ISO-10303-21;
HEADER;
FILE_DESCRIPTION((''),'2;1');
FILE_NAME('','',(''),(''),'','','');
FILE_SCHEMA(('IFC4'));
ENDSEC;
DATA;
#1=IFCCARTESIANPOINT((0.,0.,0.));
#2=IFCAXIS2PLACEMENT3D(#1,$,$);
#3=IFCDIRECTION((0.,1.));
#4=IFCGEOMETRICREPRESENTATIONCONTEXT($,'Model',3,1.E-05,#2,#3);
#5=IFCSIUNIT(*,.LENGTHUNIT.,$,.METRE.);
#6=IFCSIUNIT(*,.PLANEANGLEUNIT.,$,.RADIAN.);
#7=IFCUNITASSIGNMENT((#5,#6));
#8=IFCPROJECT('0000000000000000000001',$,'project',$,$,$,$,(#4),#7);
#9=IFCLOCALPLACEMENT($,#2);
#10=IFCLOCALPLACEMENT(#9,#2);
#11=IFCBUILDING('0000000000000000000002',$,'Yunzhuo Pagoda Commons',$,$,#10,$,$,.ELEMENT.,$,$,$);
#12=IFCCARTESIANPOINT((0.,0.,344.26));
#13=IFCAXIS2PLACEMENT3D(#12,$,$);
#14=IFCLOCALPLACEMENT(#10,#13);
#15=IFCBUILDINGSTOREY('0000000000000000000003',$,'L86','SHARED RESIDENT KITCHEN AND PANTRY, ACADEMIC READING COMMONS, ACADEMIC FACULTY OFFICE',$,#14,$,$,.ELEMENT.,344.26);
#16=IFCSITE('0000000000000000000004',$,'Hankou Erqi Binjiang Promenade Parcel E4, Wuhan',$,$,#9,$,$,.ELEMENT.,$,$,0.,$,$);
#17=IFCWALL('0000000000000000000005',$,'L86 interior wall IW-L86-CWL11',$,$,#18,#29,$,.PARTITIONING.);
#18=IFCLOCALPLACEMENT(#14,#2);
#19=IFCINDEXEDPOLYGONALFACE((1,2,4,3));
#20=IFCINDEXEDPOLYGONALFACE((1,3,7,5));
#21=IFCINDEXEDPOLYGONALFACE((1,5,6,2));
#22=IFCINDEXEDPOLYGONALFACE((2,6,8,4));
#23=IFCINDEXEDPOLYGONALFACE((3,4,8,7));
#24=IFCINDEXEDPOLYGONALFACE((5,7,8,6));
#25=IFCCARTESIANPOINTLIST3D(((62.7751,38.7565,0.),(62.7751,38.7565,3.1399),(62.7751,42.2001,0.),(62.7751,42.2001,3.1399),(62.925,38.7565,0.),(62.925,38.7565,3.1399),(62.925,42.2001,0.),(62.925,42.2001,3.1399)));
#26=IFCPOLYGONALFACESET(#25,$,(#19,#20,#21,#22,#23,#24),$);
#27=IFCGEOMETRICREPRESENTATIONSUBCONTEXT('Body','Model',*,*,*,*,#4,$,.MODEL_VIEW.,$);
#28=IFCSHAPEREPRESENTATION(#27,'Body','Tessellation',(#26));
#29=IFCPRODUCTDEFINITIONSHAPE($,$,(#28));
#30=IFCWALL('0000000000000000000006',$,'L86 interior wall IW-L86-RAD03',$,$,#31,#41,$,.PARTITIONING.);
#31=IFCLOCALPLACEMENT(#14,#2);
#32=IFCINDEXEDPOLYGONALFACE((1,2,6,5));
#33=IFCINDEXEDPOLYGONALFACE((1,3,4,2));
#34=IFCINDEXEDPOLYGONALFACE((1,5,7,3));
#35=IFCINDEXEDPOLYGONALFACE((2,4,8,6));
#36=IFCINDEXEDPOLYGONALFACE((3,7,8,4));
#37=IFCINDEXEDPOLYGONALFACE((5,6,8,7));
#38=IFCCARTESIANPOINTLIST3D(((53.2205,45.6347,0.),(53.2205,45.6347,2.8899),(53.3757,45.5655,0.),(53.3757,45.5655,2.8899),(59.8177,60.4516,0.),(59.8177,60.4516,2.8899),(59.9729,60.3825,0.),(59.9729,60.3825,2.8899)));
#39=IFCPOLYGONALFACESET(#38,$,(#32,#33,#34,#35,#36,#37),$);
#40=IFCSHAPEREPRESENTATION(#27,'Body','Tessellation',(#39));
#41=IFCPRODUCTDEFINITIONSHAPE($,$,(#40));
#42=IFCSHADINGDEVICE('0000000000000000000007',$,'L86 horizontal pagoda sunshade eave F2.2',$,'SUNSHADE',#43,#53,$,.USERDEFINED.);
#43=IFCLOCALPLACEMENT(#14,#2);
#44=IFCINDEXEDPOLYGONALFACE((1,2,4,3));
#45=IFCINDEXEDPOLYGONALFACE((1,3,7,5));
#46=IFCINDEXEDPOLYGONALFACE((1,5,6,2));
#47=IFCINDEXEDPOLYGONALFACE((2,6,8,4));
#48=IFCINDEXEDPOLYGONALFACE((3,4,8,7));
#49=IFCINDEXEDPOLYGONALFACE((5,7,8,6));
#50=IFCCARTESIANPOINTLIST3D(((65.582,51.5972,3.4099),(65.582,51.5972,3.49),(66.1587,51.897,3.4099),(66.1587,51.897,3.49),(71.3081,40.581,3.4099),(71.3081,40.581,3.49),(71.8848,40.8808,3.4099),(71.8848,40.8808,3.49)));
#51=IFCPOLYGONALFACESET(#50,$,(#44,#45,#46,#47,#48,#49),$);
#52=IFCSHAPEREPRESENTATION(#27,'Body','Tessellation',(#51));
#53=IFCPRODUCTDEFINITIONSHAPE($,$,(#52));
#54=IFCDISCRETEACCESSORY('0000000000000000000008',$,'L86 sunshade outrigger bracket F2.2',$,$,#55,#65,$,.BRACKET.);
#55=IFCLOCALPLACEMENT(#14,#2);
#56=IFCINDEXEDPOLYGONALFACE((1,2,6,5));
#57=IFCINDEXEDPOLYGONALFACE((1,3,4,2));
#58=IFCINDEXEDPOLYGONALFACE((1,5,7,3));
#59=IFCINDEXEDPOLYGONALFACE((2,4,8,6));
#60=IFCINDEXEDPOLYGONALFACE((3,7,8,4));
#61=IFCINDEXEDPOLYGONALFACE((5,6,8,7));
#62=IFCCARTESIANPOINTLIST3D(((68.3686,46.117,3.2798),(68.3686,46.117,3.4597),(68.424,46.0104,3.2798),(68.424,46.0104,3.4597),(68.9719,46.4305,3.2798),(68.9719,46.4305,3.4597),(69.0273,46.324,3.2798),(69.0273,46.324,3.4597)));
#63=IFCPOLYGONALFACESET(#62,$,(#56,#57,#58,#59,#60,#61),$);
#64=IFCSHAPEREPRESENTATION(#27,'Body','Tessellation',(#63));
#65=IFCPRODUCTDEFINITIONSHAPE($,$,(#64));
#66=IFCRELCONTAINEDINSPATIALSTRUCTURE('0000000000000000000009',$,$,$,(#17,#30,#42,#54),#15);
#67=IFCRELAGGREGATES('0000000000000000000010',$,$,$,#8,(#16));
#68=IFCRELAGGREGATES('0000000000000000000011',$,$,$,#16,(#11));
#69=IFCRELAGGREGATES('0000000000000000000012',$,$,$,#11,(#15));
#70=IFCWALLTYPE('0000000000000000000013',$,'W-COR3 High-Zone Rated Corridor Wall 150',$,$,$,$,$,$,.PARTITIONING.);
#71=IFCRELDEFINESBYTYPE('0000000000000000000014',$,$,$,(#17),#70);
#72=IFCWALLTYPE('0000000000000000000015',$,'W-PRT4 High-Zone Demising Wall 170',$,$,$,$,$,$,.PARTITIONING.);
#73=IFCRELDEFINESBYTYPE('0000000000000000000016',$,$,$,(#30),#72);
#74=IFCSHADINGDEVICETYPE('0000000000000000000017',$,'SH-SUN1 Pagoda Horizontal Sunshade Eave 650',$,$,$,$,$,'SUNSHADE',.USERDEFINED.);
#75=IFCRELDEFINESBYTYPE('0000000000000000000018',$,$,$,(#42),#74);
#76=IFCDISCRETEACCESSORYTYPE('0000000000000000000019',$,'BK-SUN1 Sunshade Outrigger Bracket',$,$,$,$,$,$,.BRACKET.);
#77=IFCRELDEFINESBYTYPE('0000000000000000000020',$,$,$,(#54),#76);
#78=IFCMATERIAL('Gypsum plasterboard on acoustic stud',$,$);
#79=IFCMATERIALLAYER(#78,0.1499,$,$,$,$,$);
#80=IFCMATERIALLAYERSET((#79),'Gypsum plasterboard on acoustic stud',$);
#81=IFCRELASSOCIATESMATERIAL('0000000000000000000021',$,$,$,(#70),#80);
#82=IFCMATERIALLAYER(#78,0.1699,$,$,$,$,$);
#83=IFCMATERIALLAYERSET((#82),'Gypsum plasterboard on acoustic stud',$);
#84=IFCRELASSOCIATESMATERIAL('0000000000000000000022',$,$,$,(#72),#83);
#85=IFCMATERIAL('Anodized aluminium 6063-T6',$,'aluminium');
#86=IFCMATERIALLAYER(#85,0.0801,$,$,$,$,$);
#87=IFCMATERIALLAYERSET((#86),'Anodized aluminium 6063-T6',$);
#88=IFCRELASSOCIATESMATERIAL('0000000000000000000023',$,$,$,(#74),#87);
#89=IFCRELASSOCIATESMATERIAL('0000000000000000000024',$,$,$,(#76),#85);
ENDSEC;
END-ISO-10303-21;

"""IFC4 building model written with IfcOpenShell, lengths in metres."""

from ifc_helpers import new_model, si_unit, direction, frame, frame_2d, origin, origin_2d, place, context, subcontext, project, spatial, rectangle, extrude, source, transform, mapped, material, layer, layer_set, type_object, element, save


model = new_model("IFC4")

# Units and contexts
model_context = context("Model", 3, precision=1e-05, world=origin(), true_north=direction((0.0, 1.0)))
body_context = subcontext(model_context, "Body", "Model", "MODEL_VIEW")
ifc_project = project(units=[si_unit("LENGTHUNIT", "METRE"), si_unit("PLANEANGLEUNIT", "RADIAN")], contexts=[model_context])

# Site, building, storey
site_placement = place(None, origin())
site = spatial("IfcSite", under=ifc_project, at=site_placement, Name="Hankou Erqi Binjiang Promenade Parcel E4, Wuhan", CompositionType="ELEMENT", RefElevation=0.0)
building_placement = place(site_placement, origin())
building = spatial("IfcBuilding", under=site, at=building_placement, Name="Yunzhuo Pagoda Commons", CompositionType="ELEMENT")
storey_placement = place(building_placement, frame((0.0, 0.0, 344.26)))
storey = spatial("IfcBuildingStorey", under=building, at=storey_placement, Name="L86", Description="SHARED RESIDENT KITCHEN AND PANTRY, ACADEMIC READING COMMONS, ACADEMIC FACULTY OFFICE", CompositionType="ELEMENT", Elevation=344.26)

# Shared definitions
ifc_material_1 = material(Name="Anodized aluminium 6063-T6", Category="aluminium")

# Walls
ifc_material_2 = material(Name="Gypsum plasterboard on acoustic stud")
ifc_layer_1 = layer(ifc_material_2, 0.1499)
ifc_layer_set_1 = layer_set([ifc_layer_1], Name="Gypsum plasterboard on acoustic stud")
wall_type_1 = type_object("IfcWallType", Name="W-COR3 High-Zone Rated Corridor Wall 150", PredefinedType="PARTITIONING", material=ifc_layer_set_1)
wall_1_placement = place(storey_placement, frame((62.8501, 42.2, 0.0), z_axis=(0.0, 0.0, 1.0), x_axis=(0.0, -1.0, 0.0)))
element("IfcWall", 1, at=wall_1_placement, inside=storey, type_object=wall_type_1, Name="L86 interior wall IW-L86-CWL11", PredefinedType="PARTITIONING", context=body_context, shape_type="SweptSolid", body=[
    extrude(rectangle(XDim=3.4436, YDim=0.1499, at=frame_2d((1.7217, 0.0))), origin(), (0.0, 0.0, 1.0), 3.1399),
])
ifc_layer_2 = layer(ifc_material_2, 0.1699)
ifc_layer_set_2 = layer_set([ifc_layer_2], Name="Gypsum plasterboard on acoustic stud")
wall_type_2 = type_object("IfcWallType", Name="W-PRT4 High-Zone Demising Wall 170", PredefinedType="PARTITIONING", material=ifc_layer_set_2)
wall_2_placement = place(storey_placement, frame((53.2981, 45.6001, 0.0), z_axis=(0.0, 0.0, 1.0), x_axis=(0.40675, 0.913539, 0.0)))
element("IfcWall", 2, at=wall_2_placement, inside=storey, type_object=wall_type_2, Name="L86 interior wall IW-L86-RAD03", PredefinedType="PARTITIONING", context=body_context, shape_type="SweptSolid", body=[
    extrude(rectangle(XDim=16.2192, YDim=0.1699, at=frame_2d((8.1096, 0.0))), origin(), (0.0, 0.0, 1.0), 2.8899),
])

# Shading device
ifc_layer_3 = layer(ifc_material_1, 0.0801)
ifc_layer_set_3 = layer_set([ifc_layer_3], Name="Anodized aluminium 6063-T6")
shading_device_type = type_object("IfcShadingDeviceType", Name="SH-SUN1 Pagoda Horizontal Sunshade Eave 650", ElementType="SUNSHADE", PredefinedType="USERDEFINED", material=ifc_layer_set_3)
shared_shape_1 = source(origin(), body_context, "Body", "SweptSolid", [
    extrude(rectangle(XDim=12.4155, YDim=0.6499, at=origin_2d()), origin(), (0.0, 0.0, 1.0), 0.0801),
])
shading_device_placement = place(storey_placement, frame((68.7334, 46.239, 3.4099), z_axis=(0.0, 0.0, 1.0), x_axis=(-0.461207, 0.887293, 0.0)))
element("IfcShadingDevice", 3, at=shading_device_placement, inside=storey, type_object=shading_device_type, Name="L86 horizontal pagoda sunshade eave F2.2", ObjectType="SUNSHADE", PredefinedType="USERDEFINED", context=body_context, shape_type="MappedRepresentation", body=[
    mapped(shared_shape_1, transform((0.0, 0.0, 0.0), scale=1.0)),
])

# Discrete accessory
discrete_accessory_type = type_object("IfcDiscreteAccessoryType", Name="BK-SUN1 Sunshade Outrigger Bracket", PredefinedType="BRACKET", material=ifc_material_1)
shared_shape_2 = source(origin(), body_context, "Body", "SweptSolid", [
    extrude(rectangle(XDim=0.1201, YDim=0.6799, at=origin_2d()), origin(), (0.0, 0.0, 1.0), 0.1799),
])
discrete_accessory_placement = place(storey_placement, frame((68.698, 46.2205, 3.2798), z_axis=(0.0, 0.0, 1.0), x_axis=(-0.461207, 0.887293, 0.0)))
element("IfcDiscreteAccessory", 4, at=discrete_accessory_placement, inside=storey, type_object=discrete_accessory_type, Name="L86 sunshade outrigger bracket F2.2", PredefinedType="BRACKET", context=body_context, shape_type="MappedRepresentation", body=[
    mapped(shared_shape_2, transform((0.0, 0.0, 0.0), scale=1.0)),
])

save(model, "model.ifc")
